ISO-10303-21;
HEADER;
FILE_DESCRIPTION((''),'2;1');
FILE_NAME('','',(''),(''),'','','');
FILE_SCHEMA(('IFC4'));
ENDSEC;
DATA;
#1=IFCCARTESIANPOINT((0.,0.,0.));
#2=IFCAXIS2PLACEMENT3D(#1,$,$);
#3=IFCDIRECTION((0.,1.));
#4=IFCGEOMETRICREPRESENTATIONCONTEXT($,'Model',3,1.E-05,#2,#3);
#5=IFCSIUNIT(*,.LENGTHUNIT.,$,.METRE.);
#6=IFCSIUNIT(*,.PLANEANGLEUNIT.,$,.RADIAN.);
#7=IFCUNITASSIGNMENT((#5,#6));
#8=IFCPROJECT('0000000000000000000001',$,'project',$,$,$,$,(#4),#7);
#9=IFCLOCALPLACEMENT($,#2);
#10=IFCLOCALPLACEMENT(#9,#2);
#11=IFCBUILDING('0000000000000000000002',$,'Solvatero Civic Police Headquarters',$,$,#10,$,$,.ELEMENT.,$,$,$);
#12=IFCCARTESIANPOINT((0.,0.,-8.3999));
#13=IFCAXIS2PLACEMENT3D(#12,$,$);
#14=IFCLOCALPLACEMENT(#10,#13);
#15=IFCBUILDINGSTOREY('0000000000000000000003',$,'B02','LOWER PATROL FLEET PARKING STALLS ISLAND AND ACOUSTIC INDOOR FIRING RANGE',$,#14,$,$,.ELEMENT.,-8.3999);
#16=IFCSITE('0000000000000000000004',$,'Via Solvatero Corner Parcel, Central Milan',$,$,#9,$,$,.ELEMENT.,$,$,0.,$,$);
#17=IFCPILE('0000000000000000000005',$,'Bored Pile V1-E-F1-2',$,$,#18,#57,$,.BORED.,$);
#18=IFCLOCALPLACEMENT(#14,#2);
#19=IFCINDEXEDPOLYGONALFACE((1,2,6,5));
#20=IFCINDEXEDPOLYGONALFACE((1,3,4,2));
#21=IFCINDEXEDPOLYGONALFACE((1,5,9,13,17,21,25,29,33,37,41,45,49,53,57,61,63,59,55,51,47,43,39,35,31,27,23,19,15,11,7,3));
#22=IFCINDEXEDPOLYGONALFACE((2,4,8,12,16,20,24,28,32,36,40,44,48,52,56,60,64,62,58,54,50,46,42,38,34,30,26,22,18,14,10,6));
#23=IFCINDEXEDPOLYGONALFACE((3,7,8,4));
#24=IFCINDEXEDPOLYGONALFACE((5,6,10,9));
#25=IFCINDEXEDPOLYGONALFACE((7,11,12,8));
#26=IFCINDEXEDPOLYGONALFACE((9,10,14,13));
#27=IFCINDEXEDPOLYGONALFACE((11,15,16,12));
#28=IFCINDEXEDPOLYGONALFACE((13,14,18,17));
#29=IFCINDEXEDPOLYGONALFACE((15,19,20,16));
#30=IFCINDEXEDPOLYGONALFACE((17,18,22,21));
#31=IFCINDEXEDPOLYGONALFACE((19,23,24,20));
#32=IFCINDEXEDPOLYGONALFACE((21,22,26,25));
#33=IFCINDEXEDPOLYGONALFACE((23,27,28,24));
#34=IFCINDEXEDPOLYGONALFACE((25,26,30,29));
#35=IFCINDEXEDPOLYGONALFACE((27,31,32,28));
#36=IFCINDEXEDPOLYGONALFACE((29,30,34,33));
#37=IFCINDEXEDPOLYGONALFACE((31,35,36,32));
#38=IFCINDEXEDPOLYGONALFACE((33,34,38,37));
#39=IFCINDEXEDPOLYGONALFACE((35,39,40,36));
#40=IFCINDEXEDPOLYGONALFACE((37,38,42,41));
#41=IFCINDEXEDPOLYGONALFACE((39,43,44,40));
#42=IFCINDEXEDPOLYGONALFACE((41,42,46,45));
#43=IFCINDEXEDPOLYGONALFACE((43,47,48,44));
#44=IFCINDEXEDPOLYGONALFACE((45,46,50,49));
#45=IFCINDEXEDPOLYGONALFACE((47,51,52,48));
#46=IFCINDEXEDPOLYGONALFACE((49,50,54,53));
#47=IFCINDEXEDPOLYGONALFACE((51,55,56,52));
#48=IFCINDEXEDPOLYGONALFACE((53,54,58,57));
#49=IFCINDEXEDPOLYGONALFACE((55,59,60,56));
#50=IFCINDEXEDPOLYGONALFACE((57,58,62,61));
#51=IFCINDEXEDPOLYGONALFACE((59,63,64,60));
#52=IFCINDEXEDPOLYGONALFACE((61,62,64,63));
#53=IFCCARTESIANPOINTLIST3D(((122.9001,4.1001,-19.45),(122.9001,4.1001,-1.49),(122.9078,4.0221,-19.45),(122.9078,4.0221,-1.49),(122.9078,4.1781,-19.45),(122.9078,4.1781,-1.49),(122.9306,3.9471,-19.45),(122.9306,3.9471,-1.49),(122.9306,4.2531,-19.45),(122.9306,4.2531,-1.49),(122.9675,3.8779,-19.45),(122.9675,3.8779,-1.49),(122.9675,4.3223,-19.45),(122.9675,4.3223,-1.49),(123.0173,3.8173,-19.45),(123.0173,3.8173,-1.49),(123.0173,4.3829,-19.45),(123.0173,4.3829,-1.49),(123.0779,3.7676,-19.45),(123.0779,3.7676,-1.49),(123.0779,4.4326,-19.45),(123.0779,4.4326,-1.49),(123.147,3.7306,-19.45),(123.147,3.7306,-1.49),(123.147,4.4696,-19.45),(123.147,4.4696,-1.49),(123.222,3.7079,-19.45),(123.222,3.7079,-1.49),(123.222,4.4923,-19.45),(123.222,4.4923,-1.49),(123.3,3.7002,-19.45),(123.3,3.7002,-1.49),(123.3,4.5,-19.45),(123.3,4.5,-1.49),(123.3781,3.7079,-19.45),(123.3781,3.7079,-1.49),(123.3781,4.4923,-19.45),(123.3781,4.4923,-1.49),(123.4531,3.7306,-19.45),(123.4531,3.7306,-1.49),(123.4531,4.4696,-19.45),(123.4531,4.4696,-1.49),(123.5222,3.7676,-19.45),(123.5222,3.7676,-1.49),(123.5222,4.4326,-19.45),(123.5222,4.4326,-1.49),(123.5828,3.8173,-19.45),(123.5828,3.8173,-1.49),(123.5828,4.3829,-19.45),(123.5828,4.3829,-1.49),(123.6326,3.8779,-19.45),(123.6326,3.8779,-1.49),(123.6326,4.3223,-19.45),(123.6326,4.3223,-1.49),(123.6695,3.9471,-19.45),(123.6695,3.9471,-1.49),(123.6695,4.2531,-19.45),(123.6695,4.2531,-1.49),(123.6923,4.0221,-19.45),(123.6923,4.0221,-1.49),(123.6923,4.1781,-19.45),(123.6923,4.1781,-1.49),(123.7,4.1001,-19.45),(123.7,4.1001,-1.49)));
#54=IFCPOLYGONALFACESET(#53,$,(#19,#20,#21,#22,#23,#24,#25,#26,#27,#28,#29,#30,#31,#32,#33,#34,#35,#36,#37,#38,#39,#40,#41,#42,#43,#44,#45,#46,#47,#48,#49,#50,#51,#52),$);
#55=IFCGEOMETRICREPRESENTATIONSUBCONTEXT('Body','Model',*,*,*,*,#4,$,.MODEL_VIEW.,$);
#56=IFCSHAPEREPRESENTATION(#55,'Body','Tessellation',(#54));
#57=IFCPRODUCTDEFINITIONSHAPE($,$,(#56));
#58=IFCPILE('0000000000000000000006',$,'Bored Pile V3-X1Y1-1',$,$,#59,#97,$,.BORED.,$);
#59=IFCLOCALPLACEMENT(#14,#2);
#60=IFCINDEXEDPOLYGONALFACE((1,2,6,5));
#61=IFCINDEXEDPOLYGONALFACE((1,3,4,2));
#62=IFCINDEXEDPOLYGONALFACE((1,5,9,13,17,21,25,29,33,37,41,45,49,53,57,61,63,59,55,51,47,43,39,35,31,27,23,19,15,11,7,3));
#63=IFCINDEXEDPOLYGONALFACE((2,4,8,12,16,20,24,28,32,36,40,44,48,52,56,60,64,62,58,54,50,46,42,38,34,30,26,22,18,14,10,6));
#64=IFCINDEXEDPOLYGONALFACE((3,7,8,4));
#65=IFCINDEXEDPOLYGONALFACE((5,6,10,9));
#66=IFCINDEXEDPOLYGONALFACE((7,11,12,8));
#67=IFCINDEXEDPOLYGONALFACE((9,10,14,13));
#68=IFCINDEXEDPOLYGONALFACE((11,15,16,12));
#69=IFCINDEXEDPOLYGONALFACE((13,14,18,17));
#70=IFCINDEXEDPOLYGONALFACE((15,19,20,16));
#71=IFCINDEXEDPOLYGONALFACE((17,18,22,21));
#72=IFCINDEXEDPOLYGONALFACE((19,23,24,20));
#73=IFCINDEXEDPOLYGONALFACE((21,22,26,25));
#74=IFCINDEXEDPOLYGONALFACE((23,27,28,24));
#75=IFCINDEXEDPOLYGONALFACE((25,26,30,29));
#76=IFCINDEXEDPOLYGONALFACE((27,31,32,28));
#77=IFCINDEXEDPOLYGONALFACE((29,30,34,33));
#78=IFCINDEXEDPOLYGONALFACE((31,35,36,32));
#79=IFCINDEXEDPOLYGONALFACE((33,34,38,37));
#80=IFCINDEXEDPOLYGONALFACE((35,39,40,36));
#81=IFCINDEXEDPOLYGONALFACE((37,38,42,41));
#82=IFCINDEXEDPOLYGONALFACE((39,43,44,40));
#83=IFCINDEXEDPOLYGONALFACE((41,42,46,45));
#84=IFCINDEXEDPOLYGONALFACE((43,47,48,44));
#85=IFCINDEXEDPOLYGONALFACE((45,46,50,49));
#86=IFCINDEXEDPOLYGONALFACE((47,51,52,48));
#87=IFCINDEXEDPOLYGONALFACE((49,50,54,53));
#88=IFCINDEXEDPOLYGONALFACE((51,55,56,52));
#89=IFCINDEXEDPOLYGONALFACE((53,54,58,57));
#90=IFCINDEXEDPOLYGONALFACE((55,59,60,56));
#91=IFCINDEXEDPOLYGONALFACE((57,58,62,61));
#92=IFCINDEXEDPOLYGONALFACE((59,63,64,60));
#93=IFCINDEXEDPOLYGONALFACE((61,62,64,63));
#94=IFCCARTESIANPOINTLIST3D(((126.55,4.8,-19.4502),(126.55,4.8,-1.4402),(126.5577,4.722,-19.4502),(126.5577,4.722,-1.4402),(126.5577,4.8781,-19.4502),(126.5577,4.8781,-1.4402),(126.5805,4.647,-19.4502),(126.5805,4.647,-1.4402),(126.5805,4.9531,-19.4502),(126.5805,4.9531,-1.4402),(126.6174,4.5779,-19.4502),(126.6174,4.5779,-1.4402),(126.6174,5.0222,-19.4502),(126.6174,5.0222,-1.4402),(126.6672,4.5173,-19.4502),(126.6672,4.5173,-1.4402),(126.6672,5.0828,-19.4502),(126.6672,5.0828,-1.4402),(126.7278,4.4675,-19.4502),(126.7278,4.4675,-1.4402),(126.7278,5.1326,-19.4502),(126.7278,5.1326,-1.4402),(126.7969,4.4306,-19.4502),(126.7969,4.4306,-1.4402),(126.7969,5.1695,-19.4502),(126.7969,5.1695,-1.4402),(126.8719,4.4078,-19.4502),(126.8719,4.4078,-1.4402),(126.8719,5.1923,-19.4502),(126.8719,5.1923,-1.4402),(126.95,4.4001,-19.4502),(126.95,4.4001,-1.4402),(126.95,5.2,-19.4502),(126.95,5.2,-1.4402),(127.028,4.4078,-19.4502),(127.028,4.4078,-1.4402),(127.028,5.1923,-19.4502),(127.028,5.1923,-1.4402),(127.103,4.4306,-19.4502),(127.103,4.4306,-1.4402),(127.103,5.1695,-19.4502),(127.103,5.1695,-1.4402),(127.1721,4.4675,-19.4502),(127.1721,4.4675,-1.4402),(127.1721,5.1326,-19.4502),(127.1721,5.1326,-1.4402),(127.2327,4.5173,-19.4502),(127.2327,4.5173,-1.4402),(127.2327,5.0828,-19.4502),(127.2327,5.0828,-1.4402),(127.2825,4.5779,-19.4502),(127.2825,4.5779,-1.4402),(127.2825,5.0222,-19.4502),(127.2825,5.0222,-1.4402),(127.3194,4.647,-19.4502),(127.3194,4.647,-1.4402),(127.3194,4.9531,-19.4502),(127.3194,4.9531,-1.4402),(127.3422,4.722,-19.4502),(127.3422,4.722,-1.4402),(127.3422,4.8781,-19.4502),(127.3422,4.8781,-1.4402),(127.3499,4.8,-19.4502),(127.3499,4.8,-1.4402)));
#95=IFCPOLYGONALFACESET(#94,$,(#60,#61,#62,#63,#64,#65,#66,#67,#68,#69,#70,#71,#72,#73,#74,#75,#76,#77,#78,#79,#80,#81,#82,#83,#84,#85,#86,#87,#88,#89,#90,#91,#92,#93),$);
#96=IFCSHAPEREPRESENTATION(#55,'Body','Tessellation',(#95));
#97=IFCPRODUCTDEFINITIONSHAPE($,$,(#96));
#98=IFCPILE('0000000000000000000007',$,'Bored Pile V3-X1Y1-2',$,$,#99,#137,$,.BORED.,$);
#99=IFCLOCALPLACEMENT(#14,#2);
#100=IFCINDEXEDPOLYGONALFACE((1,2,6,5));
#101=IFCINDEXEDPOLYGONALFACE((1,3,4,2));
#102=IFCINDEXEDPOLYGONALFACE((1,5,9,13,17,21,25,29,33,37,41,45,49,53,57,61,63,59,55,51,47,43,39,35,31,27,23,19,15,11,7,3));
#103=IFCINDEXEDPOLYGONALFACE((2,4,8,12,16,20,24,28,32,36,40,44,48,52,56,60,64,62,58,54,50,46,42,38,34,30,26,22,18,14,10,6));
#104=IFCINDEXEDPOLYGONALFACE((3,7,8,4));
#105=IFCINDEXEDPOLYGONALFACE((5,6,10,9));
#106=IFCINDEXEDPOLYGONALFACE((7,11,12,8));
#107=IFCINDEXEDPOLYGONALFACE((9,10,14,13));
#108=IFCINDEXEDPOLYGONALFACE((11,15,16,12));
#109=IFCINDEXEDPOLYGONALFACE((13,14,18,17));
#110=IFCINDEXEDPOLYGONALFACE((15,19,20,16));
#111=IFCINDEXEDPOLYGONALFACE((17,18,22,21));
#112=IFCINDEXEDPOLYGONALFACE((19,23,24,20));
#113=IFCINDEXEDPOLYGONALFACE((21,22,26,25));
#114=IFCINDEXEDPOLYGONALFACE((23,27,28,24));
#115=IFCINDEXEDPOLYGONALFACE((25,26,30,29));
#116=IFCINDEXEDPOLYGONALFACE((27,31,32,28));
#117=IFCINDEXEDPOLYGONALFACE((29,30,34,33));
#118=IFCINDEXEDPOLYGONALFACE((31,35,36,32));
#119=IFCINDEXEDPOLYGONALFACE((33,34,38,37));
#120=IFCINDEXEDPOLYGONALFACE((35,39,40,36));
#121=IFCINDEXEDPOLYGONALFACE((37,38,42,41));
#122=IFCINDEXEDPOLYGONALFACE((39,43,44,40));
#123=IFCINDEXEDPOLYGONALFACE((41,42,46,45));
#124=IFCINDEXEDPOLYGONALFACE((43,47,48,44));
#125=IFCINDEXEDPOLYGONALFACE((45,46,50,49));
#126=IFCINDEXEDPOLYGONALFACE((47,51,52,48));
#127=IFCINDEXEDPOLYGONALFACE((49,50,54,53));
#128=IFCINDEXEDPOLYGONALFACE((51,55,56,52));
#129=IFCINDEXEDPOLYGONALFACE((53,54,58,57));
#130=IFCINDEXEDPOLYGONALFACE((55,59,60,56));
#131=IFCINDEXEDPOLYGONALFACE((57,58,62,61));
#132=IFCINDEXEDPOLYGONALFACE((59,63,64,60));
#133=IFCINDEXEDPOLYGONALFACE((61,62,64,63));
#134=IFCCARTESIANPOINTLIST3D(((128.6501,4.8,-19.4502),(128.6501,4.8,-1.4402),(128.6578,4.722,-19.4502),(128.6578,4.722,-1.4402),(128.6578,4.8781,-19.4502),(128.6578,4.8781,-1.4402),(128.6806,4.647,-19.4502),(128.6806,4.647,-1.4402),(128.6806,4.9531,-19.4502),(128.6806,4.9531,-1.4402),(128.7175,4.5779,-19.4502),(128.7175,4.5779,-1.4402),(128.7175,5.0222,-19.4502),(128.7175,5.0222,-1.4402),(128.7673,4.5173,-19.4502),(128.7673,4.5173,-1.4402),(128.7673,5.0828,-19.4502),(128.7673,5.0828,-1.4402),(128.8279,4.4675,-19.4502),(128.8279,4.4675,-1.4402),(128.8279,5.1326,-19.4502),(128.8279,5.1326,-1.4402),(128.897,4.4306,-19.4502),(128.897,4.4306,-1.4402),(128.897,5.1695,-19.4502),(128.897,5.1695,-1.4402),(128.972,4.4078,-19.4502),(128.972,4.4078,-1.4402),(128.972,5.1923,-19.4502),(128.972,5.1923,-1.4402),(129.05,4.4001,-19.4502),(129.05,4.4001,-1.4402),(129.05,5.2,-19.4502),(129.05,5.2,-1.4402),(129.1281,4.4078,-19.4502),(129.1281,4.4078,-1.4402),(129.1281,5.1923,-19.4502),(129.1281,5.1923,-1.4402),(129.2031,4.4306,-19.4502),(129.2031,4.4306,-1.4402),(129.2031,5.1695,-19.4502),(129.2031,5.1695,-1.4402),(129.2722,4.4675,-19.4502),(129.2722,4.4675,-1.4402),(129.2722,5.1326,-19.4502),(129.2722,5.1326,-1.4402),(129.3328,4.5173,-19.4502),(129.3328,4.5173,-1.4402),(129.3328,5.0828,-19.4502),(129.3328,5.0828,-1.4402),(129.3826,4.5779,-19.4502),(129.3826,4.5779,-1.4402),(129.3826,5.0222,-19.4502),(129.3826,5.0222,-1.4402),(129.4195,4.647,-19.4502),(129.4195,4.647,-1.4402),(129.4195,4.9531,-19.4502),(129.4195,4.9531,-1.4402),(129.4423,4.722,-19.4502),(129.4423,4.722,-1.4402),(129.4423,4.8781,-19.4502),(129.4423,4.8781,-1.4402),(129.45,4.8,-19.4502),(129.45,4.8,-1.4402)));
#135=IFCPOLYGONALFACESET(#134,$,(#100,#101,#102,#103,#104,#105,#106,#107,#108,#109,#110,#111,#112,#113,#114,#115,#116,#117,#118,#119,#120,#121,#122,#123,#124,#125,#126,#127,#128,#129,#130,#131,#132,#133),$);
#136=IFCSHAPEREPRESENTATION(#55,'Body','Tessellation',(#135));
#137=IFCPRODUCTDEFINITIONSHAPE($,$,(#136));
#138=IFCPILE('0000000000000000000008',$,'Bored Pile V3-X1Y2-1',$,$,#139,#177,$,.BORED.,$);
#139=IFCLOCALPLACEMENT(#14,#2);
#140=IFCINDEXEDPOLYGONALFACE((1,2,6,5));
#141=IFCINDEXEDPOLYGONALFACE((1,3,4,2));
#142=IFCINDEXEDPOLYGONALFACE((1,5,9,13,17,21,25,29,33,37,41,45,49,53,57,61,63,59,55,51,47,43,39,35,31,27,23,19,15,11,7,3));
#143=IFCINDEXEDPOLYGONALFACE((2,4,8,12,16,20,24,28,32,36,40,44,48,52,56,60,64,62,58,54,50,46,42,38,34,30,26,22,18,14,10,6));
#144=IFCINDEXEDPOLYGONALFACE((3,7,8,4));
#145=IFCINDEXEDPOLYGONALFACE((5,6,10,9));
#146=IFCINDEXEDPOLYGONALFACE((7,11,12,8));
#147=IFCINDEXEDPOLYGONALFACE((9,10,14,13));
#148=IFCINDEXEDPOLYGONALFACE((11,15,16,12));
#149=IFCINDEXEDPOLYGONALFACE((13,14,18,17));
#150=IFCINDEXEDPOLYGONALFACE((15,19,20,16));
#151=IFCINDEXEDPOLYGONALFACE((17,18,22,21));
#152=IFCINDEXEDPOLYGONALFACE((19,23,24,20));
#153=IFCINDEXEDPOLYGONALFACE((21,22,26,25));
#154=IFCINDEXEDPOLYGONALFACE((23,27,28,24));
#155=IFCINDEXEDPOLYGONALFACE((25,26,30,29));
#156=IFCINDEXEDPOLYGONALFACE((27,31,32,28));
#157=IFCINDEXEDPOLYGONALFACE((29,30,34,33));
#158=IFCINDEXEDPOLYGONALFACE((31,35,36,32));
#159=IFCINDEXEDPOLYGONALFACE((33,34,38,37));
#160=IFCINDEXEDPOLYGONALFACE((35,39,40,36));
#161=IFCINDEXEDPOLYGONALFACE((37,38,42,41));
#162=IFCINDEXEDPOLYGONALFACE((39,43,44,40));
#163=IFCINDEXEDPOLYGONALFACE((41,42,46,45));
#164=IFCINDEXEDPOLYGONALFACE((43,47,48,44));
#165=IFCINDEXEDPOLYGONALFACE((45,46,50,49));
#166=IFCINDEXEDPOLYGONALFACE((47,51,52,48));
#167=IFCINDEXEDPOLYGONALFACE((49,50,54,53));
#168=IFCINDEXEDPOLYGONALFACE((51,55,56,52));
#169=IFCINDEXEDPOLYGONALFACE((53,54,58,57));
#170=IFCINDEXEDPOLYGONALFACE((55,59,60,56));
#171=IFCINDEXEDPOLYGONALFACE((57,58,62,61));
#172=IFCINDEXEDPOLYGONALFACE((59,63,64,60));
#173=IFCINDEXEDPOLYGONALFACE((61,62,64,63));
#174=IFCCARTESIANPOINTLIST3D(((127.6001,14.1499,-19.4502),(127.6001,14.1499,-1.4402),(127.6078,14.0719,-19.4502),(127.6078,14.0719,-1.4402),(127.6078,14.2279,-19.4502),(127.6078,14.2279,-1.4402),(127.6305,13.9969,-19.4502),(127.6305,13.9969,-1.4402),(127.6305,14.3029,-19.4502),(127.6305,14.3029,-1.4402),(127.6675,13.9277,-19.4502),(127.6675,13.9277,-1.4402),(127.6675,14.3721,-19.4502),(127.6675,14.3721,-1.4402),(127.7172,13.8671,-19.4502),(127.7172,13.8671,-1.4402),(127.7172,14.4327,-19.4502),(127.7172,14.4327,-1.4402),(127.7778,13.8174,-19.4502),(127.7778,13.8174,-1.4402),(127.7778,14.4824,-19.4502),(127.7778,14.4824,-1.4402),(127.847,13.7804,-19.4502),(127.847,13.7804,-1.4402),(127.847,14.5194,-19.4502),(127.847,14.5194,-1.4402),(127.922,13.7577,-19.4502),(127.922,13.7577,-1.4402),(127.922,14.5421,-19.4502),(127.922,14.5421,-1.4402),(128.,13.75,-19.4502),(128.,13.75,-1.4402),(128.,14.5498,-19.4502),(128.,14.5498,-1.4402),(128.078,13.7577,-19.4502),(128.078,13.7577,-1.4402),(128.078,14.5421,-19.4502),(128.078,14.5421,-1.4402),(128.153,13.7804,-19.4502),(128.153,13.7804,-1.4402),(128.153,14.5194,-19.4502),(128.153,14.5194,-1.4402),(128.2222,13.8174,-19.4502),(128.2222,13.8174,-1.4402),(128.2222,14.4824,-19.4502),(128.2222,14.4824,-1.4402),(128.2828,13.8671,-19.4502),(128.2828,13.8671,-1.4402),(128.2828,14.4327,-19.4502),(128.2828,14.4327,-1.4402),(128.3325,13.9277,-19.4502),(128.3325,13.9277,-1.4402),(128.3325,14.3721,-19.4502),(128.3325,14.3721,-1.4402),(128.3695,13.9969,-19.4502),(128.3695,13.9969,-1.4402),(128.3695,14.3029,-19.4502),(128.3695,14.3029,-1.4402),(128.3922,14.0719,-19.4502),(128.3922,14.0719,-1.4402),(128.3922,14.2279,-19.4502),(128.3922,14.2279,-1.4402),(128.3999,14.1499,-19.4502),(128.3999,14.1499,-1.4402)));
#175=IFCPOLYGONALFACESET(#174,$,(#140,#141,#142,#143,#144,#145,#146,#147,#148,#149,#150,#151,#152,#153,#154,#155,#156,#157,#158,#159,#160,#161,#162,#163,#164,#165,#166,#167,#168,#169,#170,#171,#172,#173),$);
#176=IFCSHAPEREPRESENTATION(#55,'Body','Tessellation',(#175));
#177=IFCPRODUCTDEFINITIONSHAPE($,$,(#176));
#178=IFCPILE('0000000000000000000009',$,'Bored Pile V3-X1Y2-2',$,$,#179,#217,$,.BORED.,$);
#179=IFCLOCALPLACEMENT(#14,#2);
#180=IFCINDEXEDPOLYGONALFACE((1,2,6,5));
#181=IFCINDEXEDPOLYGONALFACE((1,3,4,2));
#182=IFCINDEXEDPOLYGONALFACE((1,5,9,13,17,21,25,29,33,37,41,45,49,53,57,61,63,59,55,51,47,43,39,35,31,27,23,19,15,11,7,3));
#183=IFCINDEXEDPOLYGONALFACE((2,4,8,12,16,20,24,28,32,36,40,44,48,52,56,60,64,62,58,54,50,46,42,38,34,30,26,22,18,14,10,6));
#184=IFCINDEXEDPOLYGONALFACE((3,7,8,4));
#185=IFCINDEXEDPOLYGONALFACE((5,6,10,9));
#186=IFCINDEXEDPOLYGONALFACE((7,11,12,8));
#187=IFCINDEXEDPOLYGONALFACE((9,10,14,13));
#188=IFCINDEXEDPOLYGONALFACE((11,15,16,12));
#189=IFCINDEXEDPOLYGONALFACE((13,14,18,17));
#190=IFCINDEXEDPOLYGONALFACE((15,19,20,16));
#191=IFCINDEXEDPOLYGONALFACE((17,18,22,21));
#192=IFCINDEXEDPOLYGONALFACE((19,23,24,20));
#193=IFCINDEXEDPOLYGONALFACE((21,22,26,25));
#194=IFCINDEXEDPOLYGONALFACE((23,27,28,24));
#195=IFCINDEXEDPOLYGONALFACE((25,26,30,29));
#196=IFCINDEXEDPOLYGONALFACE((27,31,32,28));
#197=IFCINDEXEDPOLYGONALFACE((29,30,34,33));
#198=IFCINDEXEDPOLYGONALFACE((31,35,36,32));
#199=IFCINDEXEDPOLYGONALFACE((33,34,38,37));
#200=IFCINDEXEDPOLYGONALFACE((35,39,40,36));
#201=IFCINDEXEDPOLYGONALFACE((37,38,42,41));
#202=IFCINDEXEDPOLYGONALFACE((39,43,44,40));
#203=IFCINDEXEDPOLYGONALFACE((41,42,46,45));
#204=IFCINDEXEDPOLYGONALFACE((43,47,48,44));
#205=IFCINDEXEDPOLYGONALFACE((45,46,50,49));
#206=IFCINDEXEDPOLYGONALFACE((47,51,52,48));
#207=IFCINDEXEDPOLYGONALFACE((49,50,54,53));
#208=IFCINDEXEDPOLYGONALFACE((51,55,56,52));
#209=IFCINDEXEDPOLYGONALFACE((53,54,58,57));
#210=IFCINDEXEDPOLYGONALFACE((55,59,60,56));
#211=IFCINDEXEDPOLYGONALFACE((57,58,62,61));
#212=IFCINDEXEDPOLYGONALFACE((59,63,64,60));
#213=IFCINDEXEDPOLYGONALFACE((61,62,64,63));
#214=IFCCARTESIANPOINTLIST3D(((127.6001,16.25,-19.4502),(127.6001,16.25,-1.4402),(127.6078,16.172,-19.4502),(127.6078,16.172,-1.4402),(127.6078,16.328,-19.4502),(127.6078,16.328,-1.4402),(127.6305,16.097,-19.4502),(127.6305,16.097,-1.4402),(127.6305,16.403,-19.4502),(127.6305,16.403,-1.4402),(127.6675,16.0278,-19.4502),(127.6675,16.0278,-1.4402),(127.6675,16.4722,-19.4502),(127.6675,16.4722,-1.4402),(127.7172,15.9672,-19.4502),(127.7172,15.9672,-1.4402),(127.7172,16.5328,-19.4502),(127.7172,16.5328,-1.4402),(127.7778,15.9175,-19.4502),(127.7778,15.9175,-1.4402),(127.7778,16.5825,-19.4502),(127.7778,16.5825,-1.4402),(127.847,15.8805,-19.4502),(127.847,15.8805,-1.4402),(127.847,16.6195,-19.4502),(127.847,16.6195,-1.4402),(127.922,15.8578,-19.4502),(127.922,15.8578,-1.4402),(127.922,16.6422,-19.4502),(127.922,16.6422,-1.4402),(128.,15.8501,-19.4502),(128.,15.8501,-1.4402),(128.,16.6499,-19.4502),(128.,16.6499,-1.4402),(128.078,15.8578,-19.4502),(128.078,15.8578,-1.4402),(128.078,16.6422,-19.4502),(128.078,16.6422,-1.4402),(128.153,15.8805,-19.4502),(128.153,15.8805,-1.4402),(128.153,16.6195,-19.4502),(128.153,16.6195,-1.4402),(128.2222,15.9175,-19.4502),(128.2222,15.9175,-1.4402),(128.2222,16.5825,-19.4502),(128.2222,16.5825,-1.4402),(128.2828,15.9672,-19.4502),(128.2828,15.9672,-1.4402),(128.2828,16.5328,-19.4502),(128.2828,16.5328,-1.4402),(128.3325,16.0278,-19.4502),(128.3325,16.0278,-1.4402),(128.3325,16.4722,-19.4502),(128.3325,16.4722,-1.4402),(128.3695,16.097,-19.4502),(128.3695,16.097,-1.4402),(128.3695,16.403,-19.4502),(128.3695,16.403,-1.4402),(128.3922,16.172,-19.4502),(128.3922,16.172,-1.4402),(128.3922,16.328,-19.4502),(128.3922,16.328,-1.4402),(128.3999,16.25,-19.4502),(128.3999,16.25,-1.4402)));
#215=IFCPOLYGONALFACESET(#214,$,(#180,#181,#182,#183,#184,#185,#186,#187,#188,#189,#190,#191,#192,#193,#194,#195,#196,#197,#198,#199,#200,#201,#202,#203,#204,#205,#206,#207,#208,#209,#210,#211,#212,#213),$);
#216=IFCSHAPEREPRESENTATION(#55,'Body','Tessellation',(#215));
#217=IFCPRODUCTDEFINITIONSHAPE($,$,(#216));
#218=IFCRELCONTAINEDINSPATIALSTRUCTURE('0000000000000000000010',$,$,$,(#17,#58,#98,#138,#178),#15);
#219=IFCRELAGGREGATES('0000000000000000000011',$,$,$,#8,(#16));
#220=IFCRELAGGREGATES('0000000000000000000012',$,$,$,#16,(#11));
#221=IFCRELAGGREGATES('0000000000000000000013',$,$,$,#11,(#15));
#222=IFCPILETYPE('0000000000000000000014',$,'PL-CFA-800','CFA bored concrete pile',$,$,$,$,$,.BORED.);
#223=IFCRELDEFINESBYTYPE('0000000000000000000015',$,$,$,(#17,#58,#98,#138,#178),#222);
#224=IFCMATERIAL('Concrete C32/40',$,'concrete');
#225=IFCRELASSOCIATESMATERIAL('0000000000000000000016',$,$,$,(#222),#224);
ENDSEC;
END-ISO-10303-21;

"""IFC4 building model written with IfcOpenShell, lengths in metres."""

from ifc_helpers import new_model, si_unit, direction, frame, origin, origin_2d, place, context, subcontext, project, spatial, circle, extrude, material, material_profile, profile_set, type_object, element, save


model = new_model("IFC4")

# Units and contexts
model_context = context("Model", 3, precision=1e-05, world=origin(), true_north=direction((0.0, 1.0)))
body_context = subcontext(model_context, "Body", "Model", "MODEL_VIEW")
ifc_project = project(units=[si_unit("LENGTHUNIT", "METRE"), si_unit("PLANEANGLEUNIT", "RADIAN")], contexts=[model_context])

# Site, building, storey
site_placement = place(None, origin())
site = spatial("IfcSite", under=ifc_project, at=site_placement, Name="Via Solvatero Corner Parcel, Central Milan", CompositionType="ELEMENT", RefElevation=0.0)
building_placement = place(site_placement, origin())
building = spatial("IfcBuilding", under=site, at=building_placement, Name="Solvatero Civic Police Headquarters", CompositionType="ELEMENT")
storey_placement = place(building_placement, frame((0.0, 0.0, -8.3999)))
storey = spatial("IfcBuildingStorey", under=building, at=storey_placement, Name="B02", Description="LOWER PATROL FLEET PARKING STALLS ISLAND AND ACOUSTIC INDOOR FIRING RANGE", CompositionType="ELEMENT", Elevation=-8.3999)

# Piles
ifc_material_1 = material(Name="Concrete C32/40", Category="concrete")
ifc_material_profile_1 = material_profile(ifc_material_1, circle(Radius=0.3999, at=origin_2d()), Name="CFA PILE D800")
ifc_profile_set_1 = profile_set([ifc_material_profile_1], Name="Concrete C32/40")
pile_type_1 = type_object("IfcPileType", Name="PL-CFA-800", Description="CFA bored concrete pile", PredefinedType="BORED", material=ifc_profile_set_1)
pile_placement = place(storey_placement, frame((123.3, 4.1001, -1.49), z_axis=(0.0, 0.0, -1.0), x_axis=(1.0, 0.0, 0.0)))
element("IfcPile", 1, at=pile_placement, inside=storey, type_object=pile_type_1, Name="Bored Pile V1-E-F1-2", PredefinedType="BORED", context=body_context, shape_type="SweptSolid", body=[
    extrude(circle(Radius=0.3999, at=origin_2d()), origin(), (0.0, 0.0, 1.0), 17.96),
])
for number, where, z_axis, x_axis, name in (
    (2, (126.95, 4.8, -1.4402), (0.0, 0.0, -1.0), (1.0, 0.0, 0.0), "Bored Pile V3-X1Y1-1"),
    (3, (129.05, 4.8, -1.4402), (0.0, 0.0, -1.0), (1.0, 0.0, 0.0), "Bored Pile V3-X1Y1-2"),
    (4, (128.0, 14.1499, -1.4402), (0.0, 0.0, -1.0), (1.0, 0.0, 0.0), "Bored Pile V3-X1Y2-1"),
    (5, (128.0, 16.25, -1.4402), (0.0, 0.0, -1.0), (1.0, 0.0, 0.0), "Bored Pile V3-X1Y2-2"),
):
    element("IfcPile", number, at=place(storey_placement, frame(where, z_axis=z_axis, x_axis=x_axis)), inside=storey, type_object=pile_type_1, Name=name, PredefinedType="BORED", context=body_context, shape_type="SweptSolid", body=[
        extrude(circle(Radius=0.3999, at=origin_2d()), origin(), (0.0, 0.0, 1.0), 18.01),
    ])

save(model, "model.ifc")
